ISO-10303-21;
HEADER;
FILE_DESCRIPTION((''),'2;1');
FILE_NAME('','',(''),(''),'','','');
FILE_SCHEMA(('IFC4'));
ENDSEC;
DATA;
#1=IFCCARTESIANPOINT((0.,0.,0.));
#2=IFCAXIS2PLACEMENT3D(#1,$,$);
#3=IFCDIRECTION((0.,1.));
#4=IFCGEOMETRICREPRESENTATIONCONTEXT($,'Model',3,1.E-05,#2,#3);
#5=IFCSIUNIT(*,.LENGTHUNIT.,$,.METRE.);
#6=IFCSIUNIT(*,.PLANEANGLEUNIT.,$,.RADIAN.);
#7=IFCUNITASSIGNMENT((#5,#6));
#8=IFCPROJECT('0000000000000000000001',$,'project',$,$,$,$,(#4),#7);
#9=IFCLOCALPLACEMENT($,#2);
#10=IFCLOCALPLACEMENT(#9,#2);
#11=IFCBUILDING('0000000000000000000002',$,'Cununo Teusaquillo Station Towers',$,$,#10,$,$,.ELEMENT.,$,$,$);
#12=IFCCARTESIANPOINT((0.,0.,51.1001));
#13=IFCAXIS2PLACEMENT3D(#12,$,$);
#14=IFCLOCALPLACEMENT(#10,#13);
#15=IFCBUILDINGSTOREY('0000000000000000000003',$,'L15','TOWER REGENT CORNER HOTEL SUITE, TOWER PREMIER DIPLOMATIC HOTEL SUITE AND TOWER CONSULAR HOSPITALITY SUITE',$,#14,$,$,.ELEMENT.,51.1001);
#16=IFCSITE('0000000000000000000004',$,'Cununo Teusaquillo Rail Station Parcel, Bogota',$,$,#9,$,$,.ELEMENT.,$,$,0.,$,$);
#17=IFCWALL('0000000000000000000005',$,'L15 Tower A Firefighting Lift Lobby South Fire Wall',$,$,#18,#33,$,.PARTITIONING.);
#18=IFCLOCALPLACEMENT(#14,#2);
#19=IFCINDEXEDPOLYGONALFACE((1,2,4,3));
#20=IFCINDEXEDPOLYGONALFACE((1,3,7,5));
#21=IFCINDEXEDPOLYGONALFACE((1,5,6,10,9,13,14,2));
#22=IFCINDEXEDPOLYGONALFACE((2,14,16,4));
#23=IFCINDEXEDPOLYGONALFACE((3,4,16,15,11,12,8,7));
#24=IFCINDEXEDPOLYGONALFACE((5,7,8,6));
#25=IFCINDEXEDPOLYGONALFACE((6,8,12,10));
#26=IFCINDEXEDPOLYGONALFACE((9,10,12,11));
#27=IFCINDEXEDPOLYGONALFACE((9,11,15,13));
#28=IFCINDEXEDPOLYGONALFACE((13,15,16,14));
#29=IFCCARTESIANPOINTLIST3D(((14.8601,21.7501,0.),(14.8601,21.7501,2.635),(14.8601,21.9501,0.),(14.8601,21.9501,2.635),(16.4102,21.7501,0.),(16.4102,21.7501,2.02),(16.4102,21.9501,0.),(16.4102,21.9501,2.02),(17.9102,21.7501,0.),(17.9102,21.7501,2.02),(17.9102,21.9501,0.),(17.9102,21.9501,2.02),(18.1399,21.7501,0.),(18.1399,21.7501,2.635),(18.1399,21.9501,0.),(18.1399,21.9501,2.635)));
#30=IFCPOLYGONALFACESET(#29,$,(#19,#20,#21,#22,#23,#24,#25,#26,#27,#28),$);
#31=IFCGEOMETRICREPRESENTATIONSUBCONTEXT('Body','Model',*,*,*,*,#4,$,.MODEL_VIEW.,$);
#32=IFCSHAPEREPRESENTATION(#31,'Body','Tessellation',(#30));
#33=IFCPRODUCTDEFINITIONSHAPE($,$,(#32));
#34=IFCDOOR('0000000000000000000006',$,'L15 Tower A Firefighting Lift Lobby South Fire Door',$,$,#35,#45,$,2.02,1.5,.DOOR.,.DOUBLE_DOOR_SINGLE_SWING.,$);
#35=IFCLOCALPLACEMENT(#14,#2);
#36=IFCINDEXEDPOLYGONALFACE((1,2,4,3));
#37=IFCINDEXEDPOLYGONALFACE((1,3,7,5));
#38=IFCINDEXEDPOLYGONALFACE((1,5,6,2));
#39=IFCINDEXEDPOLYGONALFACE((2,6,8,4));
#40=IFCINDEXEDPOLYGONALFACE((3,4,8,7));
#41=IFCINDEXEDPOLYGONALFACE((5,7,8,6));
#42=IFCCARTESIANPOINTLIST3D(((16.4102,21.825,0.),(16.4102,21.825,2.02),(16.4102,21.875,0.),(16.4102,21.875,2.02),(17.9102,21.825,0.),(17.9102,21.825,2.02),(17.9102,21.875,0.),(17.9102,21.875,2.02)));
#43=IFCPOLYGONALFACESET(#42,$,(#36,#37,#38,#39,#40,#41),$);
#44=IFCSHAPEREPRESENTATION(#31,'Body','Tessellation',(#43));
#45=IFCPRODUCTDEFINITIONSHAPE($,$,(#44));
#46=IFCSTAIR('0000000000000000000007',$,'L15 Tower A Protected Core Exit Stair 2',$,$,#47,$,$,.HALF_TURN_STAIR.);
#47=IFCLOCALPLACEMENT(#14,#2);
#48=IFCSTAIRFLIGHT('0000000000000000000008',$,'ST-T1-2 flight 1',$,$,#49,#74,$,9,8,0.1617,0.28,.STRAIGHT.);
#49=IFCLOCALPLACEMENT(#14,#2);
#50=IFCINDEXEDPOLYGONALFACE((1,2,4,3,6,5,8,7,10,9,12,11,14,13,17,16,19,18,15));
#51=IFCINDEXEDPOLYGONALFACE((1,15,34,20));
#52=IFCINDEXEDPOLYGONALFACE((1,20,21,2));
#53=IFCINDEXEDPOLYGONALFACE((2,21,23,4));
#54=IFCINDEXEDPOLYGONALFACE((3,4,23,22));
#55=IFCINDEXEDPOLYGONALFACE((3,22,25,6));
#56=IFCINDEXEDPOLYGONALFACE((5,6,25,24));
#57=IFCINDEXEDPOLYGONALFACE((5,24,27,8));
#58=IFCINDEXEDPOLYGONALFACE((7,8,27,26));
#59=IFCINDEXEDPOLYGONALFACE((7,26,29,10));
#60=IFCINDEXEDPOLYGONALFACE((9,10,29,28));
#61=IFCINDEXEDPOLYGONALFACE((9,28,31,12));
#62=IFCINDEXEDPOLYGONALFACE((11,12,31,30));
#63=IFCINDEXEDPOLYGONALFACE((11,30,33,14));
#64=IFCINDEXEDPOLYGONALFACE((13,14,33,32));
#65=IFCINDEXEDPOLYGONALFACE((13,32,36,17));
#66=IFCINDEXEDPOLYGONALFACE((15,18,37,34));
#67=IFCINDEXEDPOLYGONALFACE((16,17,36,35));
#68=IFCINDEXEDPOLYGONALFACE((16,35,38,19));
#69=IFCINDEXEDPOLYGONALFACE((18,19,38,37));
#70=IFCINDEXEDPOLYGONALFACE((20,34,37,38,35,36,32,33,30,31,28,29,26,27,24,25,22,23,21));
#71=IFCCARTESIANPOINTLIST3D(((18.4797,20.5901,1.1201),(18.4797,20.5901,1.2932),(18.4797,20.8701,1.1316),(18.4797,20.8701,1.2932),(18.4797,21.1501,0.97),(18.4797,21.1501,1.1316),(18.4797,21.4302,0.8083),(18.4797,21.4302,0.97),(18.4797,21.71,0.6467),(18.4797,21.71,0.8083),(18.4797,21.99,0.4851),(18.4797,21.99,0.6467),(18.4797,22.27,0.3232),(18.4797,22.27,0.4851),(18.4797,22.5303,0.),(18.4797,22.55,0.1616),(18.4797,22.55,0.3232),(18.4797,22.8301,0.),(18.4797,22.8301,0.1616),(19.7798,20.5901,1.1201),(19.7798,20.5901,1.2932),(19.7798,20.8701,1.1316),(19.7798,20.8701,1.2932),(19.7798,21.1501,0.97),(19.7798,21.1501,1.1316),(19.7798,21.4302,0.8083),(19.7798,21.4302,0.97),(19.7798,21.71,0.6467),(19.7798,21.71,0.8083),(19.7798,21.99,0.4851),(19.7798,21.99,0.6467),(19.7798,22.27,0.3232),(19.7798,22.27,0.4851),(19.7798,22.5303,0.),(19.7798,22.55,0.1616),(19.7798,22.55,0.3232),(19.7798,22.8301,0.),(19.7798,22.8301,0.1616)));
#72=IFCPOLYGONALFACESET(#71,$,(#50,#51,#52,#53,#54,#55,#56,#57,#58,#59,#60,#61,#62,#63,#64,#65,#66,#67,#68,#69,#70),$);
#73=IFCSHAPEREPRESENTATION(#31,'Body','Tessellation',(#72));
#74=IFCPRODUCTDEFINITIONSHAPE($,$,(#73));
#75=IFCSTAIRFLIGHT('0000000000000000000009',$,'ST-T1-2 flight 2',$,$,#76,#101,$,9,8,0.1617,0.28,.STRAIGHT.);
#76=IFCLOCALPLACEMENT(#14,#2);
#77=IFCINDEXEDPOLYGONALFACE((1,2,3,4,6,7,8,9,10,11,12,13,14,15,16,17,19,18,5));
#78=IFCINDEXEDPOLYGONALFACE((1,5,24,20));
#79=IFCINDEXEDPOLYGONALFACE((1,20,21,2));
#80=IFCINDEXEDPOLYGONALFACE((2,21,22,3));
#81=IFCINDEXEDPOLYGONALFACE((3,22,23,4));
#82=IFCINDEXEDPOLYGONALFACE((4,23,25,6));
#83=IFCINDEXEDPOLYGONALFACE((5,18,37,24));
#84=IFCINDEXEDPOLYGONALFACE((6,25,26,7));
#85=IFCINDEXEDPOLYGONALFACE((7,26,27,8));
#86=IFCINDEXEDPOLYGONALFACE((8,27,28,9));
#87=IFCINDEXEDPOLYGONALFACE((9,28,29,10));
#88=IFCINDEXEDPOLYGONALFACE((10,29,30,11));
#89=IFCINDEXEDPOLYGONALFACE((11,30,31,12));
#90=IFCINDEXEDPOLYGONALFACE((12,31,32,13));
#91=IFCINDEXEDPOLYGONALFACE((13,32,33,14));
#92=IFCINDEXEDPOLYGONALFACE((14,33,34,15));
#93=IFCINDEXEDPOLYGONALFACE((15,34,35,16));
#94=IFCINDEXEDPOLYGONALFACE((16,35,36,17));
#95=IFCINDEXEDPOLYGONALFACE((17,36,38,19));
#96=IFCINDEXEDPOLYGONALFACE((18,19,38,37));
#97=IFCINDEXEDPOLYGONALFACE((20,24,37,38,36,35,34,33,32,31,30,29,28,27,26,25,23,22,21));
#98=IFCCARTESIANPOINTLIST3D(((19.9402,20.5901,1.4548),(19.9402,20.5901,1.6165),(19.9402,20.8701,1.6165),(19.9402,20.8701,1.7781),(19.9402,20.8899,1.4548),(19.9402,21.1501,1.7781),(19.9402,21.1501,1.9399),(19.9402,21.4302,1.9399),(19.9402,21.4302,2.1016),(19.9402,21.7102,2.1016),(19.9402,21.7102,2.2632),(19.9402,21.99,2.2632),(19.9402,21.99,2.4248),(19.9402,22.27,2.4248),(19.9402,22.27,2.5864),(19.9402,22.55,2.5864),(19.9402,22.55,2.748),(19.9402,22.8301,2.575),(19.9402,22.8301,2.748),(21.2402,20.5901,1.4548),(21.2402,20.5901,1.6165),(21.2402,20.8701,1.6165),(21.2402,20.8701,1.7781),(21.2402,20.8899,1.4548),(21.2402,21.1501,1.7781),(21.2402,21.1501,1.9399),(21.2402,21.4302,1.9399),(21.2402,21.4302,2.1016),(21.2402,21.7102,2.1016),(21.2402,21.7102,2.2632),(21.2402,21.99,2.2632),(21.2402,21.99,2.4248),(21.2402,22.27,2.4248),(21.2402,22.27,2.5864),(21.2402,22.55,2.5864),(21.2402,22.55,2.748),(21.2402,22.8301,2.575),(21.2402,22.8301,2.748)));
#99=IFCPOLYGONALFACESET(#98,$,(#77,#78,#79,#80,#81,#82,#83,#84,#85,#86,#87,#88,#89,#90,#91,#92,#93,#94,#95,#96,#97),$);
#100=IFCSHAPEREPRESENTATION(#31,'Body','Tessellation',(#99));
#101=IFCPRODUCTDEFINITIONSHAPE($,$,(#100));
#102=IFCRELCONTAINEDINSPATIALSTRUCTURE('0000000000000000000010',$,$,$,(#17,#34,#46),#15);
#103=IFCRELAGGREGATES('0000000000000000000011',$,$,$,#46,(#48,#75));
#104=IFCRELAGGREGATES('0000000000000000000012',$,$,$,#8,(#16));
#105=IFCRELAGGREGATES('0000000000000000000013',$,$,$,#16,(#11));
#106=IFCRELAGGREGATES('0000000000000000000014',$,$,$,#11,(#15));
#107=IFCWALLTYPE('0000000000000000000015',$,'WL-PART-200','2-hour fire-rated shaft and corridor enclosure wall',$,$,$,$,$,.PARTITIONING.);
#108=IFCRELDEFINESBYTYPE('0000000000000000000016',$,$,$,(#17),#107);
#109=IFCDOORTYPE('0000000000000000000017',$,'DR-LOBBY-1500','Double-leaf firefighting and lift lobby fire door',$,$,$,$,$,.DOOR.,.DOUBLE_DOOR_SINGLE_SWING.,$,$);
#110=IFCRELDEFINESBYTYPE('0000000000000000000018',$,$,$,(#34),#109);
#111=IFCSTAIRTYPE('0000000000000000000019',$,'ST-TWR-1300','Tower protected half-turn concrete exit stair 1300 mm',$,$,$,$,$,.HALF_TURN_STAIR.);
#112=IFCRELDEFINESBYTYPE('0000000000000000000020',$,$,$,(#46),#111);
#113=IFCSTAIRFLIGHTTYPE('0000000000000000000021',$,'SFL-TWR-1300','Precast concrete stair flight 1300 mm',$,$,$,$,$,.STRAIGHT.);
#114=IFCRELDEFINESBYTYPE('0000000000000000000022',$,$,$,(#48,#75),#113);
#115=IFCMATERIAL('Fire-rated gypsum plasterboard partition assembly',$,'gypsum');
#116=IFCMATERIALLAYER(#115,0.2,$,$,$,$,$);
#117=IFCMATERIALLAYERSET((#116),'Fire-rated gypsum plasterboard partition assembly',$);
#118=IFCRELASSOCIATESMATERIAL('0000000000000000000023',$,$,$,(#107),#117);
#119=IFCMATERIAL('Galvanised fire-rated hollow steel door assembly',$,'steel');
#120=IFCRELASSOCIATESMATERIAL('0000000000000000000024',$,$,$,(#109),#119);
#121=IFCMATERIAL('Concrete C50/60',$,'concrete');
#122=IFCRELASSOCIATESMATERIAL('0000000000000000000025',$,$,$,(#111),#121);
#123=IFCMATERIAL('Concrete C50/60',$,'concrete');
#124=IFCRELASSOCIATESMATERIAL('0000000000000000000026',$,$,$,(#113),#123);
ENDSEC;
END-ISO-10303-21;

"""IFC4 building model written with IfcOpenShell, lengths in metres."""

from ifc_helpers import new_model, si_unit, direction, frame, frame_2d, origin, place, context, subcontext, project, spatial, polyline, rectangle, outline, extrude, source, transform, mapped, material, layer, layer_set, type_object, element, fill, aggregate, save


model = new_model("IFC4")

# Units and contexts
model_context = context("Model", 3, precision=1e-05, world=origin(), true_north=direction((0.0, 1.0)))
body_context = subcontext(model_context, "Body", "Model", "MODEL_VIEW")
ifc_project = project(units=[si_unit("LENGTHUNIT", "METRE"), si_unit("PLANEANGLEUNIT", "RADIAN")], contexts=[model_context])

# Site, building, storey
site_placement = place(None, origin())
site = spatial("IfcSite", under=ifc_project, at=site_placement, Name="Cununo Teusaquillo Rail Station Parcel, Bogota", CompositionType="ELEMENT", RefElevation=0.0)
building_placement = place(site_placement, origin())
building = spatial("IfcBuilding", under=site, at=building_placement, Name="Cununo Teusaquillo Station Towers", CompositionType="ELEMENT")
storey_placement = place(building_placement, frame((0.0, 0.0, 51.1001)))
storey = spatial("IfcBuildingStorey", under=building, at=storey_placement, Name="L15", Description="TOWER REGENT CORNER HOTEL SUITE, TOWER PREMIER DIPLOMATIC HOTEL SUITE AND TOWER CONSULAR HOSPITALITY SUITE", CompositionType="ELEMENT", Elevation=51.1001)

# Wall, opening, door
ifc_material_1 = material(Name="Fire-rated gypsum plasterboard partition assembly", Category="gypsum")
ifc_layer_1 = layer(ifc_material_1, 0.2)
ifc_layer_set_1 = layer_set([ifc_layer_1], Name="Fire-rated gypsum plasterboard partition assembly")
wall_type_1 = type_object("IfcWallType", Name="WL-PART-200", Description="2-hour fire-rated shaft and corridor enclosure wall", PredefinedType="PARTITIONING", material=ifc_layer_set_1)
wall_1_placement = place(storey_placement, frame((14.8601, 21.8501, 0.0), z_axis=(0.0, 0.0, 1.0), x_axis=(1.0, 0.0, 0.0)))
wall_1 = element("IfcWall", 1, at=wall_1_placement, inside=storey, type_object=wall_type_1, Name="L15 Tower A Firefighting Lift Lobby South Fire Wall", PredefinedType="PARTITIONING", context=body_context, shape_type="SweptSolid", body=[
    extrude(rectangle(XDim=3.2798, YDim=0.2, at=frame_2d((1.6399, 0.0))), origin(), (0.0, 0.0, 1.0), 2.635),
])
shared_shape_1 = source(origin(), body_context, "Body", "SweptSolid", [
    extrude(rectangle(XDim=1.5, YDim=2.02, at=frame_2d((0.75, 1.01))), frame((0.0, 0.1099, 0.0), z_axis=(0.0, -1.0, 0.0), x_axis=(1.0, 0.0, 0.0)), (0.0, 0.0, 1.0), 0.22),
])
opening_1_placement = place(wall_1_placement, frame((1.55, 0.0, 0.0)))
opening_1 = element("IfcOpeningElement", 2, at=opening_1_placement, cuts=wall_1, PredefinedType="OPENING", context=body_context, shape_type="MappedRepresentation", body=[
    mapped(shared_shape_1, transform((0.0, 0.0, 0.0), x_axis=(1.0, 0.0, 0.0), y_axis=(0.0, 1.0, 0.0), z_axis=(0.0, 0.0, 1.0), scale=1.0)),
])
ifc_material_2 = material(Name="Galvanised fire-rated hollow steel door assembly", Category="steel")
door_type_1 = type_object("IfcDoorType", Name="DR-LOBBY-1500", Description="Double-leaf firefighting and lift lobby fire door", OperationType="DOUBLE_DOOR_SINGLE_SWING", PredefinedType="DOOR", material=ifc_material_2)
shared_shape_2 = source(origin(), body_context, "Body", "SweptSolid", [
    extrude(rectangle(XDim=1.5, YDim=2.02, at=frame_2d((0.75, 1.01))), frame((0.0, 0.0249, 0.0), z_axis=(0.0, -1.0, 0.0), x_axis=(1.0, 0.0, 0.0)), (0.0, 0.0, 1.0), 0.05),
])
door_1_placement = place(opening_1_placement, origin())
door_1 = element("IfcDoor", 3, at=door_1_placement, inside=storey, type_object=door_type_1, Name="L15 Tower A Firefighting Lift Lobby South Fire Door", OperationType="DOUBLE_DOOR_SINGLE_SWING", OverallHeight=2.02, OverallWidth=1.5, PredefinedType="DOOR", context=body_context, shape_type="MappedRepresentation", body=[
    mapped(shared_shape_2, transform((0.0, 0.0, 0.0), x_axis=(1.0, 0.0, 0.0), y_axis=(0.0, 1.0, 0.0), z_axis=(0.0, 0.0, 1.0), scale=1.0)),
])
fill(opening_1, door_1)

# Stair, stair flights
ifc_material_3 = material(Name="Concrete C50/60", Category="concrete")
stair_type = type_object("IfcStairType", Name="ST-TWR-1300", Description="Tower protected half-turn concrete exit stair 1300 mm", PredefinedType="HALF_TURN_STAIR", material=ifc_material_3)
stair_placement = place(storey_placement, origin())
stair = element("IfcStair", 4, at=stair_placement, inside=storey, type_object=stair_type, Name="L15 Tower A Protected Core Exit Stair 2", PredefinedType="HALF_TURN_STAIR")
ifc_material_4 = material(Name="Concrete C50/60", Category="concrete")
stair_flight_type = type_object("IfcStairFlightType", Name="SFL-TWR-1300", Description="Precast concrete stair flight 1300 mm", PredefinedType="STRAIGHT", material=ifc_material_4)
stair_flight_1_placement = place(storey_placement, frame((19.1299, 22.8301, 0.0), z_axis=(0.0, 0.0, 1.0), x_axis=(0.0, -1.0, 0.0)))
stair_flight_1 = element("IfcStairFlight", 5, at=stair_flight_1_placement, type_object=stair_flight_type, Name="ST-T1-2 flight 1", NumberOfRisers=9, NumberOfTreads=8, PredefinedType="STRAIGHT", RiserHeight=0.1617, TreadLength=0.28, context=body_context, shape_type="SweptSolid", body=[
    extrude(outline(polyline([(0.0, 0.0), (0.0, 0.1616), (0.28, 0.1616), (0.28, 0.3232), (0.5601, 0.3232), (0.5601, 0.4851), (0.8401, 0.4851), (0.8401, 0.6467), (1.1201, 0.6467), (1.1201, 0.8083), (1.3999, 0.8083), (1.3999, 0.97), (1.6799, 0.97), (1.6799, 1.1316), (1.96, 1.1316), (1.96, 1.2932), (2.24, 1.2932), (2.24, 1.4551), (2.24, 1.1201), (0.2998, 0.0), (0.0, 0.0)])), frame((0.0, 0.6499, 0.0), z_axis=(0.0, -1.0, 0.0), x_axis=(1.0, 0.0, 0.0)), (0.0, 0.0, 1.0), 1.3),
])
stair_flight_2_placement = place(storey_placement, frame((20.5901, 20.5901, 1.4548), z_axis=(0.0, 0.0, 1.0), x_axis=(0.0, 1.0, 0.0)))
stair_flight_2 = element("IfcStairFlight", 6, at=stair_flight_2_placement, type_object=stair_flight_type, Name="ST-T1-2 flight 2", NumberOfRisers=9, NumberOfTreads=8, PredefinedType="STRAIGHT", RiserHeight=0.1617, TreadLength=0.28, context=body_context, shape_type="SweptSolid", body=[
    extrude(outline(polyline([(0.0, 0.0), (0.0, 0.1616), (0.28, 0.1616), (0.28, 0.3232), (0.5601, 0.3232), (0.5601, 0.4851), (0.8401, 0.4851), (0.8401, 0.6467), (1.1201, 0.6467), (1.1201, 0.8083), (1.3999, 0.8083), (1.3999, 0.97), (1.6799, 0.97), (1.6799, 1.1316), (1.96, 1.1316), (1.96, 1.2932), (2.24, 1.2932), (2.24, 1.4551), (2.24, 1.1201), (0.2998, 0.0), (0.0, 0.0)])), frame((0.0, 0.6499, 0.0), z_axis=(0.0, -1.0, 0.0), x_axis=(1.0, 0.0, 0.0)), (0.0, 0.0, 1.0), 1.3),
])
aggregate(stair, [stair_flight_1, stair_flight_2])

save(model, "model.ifc")
